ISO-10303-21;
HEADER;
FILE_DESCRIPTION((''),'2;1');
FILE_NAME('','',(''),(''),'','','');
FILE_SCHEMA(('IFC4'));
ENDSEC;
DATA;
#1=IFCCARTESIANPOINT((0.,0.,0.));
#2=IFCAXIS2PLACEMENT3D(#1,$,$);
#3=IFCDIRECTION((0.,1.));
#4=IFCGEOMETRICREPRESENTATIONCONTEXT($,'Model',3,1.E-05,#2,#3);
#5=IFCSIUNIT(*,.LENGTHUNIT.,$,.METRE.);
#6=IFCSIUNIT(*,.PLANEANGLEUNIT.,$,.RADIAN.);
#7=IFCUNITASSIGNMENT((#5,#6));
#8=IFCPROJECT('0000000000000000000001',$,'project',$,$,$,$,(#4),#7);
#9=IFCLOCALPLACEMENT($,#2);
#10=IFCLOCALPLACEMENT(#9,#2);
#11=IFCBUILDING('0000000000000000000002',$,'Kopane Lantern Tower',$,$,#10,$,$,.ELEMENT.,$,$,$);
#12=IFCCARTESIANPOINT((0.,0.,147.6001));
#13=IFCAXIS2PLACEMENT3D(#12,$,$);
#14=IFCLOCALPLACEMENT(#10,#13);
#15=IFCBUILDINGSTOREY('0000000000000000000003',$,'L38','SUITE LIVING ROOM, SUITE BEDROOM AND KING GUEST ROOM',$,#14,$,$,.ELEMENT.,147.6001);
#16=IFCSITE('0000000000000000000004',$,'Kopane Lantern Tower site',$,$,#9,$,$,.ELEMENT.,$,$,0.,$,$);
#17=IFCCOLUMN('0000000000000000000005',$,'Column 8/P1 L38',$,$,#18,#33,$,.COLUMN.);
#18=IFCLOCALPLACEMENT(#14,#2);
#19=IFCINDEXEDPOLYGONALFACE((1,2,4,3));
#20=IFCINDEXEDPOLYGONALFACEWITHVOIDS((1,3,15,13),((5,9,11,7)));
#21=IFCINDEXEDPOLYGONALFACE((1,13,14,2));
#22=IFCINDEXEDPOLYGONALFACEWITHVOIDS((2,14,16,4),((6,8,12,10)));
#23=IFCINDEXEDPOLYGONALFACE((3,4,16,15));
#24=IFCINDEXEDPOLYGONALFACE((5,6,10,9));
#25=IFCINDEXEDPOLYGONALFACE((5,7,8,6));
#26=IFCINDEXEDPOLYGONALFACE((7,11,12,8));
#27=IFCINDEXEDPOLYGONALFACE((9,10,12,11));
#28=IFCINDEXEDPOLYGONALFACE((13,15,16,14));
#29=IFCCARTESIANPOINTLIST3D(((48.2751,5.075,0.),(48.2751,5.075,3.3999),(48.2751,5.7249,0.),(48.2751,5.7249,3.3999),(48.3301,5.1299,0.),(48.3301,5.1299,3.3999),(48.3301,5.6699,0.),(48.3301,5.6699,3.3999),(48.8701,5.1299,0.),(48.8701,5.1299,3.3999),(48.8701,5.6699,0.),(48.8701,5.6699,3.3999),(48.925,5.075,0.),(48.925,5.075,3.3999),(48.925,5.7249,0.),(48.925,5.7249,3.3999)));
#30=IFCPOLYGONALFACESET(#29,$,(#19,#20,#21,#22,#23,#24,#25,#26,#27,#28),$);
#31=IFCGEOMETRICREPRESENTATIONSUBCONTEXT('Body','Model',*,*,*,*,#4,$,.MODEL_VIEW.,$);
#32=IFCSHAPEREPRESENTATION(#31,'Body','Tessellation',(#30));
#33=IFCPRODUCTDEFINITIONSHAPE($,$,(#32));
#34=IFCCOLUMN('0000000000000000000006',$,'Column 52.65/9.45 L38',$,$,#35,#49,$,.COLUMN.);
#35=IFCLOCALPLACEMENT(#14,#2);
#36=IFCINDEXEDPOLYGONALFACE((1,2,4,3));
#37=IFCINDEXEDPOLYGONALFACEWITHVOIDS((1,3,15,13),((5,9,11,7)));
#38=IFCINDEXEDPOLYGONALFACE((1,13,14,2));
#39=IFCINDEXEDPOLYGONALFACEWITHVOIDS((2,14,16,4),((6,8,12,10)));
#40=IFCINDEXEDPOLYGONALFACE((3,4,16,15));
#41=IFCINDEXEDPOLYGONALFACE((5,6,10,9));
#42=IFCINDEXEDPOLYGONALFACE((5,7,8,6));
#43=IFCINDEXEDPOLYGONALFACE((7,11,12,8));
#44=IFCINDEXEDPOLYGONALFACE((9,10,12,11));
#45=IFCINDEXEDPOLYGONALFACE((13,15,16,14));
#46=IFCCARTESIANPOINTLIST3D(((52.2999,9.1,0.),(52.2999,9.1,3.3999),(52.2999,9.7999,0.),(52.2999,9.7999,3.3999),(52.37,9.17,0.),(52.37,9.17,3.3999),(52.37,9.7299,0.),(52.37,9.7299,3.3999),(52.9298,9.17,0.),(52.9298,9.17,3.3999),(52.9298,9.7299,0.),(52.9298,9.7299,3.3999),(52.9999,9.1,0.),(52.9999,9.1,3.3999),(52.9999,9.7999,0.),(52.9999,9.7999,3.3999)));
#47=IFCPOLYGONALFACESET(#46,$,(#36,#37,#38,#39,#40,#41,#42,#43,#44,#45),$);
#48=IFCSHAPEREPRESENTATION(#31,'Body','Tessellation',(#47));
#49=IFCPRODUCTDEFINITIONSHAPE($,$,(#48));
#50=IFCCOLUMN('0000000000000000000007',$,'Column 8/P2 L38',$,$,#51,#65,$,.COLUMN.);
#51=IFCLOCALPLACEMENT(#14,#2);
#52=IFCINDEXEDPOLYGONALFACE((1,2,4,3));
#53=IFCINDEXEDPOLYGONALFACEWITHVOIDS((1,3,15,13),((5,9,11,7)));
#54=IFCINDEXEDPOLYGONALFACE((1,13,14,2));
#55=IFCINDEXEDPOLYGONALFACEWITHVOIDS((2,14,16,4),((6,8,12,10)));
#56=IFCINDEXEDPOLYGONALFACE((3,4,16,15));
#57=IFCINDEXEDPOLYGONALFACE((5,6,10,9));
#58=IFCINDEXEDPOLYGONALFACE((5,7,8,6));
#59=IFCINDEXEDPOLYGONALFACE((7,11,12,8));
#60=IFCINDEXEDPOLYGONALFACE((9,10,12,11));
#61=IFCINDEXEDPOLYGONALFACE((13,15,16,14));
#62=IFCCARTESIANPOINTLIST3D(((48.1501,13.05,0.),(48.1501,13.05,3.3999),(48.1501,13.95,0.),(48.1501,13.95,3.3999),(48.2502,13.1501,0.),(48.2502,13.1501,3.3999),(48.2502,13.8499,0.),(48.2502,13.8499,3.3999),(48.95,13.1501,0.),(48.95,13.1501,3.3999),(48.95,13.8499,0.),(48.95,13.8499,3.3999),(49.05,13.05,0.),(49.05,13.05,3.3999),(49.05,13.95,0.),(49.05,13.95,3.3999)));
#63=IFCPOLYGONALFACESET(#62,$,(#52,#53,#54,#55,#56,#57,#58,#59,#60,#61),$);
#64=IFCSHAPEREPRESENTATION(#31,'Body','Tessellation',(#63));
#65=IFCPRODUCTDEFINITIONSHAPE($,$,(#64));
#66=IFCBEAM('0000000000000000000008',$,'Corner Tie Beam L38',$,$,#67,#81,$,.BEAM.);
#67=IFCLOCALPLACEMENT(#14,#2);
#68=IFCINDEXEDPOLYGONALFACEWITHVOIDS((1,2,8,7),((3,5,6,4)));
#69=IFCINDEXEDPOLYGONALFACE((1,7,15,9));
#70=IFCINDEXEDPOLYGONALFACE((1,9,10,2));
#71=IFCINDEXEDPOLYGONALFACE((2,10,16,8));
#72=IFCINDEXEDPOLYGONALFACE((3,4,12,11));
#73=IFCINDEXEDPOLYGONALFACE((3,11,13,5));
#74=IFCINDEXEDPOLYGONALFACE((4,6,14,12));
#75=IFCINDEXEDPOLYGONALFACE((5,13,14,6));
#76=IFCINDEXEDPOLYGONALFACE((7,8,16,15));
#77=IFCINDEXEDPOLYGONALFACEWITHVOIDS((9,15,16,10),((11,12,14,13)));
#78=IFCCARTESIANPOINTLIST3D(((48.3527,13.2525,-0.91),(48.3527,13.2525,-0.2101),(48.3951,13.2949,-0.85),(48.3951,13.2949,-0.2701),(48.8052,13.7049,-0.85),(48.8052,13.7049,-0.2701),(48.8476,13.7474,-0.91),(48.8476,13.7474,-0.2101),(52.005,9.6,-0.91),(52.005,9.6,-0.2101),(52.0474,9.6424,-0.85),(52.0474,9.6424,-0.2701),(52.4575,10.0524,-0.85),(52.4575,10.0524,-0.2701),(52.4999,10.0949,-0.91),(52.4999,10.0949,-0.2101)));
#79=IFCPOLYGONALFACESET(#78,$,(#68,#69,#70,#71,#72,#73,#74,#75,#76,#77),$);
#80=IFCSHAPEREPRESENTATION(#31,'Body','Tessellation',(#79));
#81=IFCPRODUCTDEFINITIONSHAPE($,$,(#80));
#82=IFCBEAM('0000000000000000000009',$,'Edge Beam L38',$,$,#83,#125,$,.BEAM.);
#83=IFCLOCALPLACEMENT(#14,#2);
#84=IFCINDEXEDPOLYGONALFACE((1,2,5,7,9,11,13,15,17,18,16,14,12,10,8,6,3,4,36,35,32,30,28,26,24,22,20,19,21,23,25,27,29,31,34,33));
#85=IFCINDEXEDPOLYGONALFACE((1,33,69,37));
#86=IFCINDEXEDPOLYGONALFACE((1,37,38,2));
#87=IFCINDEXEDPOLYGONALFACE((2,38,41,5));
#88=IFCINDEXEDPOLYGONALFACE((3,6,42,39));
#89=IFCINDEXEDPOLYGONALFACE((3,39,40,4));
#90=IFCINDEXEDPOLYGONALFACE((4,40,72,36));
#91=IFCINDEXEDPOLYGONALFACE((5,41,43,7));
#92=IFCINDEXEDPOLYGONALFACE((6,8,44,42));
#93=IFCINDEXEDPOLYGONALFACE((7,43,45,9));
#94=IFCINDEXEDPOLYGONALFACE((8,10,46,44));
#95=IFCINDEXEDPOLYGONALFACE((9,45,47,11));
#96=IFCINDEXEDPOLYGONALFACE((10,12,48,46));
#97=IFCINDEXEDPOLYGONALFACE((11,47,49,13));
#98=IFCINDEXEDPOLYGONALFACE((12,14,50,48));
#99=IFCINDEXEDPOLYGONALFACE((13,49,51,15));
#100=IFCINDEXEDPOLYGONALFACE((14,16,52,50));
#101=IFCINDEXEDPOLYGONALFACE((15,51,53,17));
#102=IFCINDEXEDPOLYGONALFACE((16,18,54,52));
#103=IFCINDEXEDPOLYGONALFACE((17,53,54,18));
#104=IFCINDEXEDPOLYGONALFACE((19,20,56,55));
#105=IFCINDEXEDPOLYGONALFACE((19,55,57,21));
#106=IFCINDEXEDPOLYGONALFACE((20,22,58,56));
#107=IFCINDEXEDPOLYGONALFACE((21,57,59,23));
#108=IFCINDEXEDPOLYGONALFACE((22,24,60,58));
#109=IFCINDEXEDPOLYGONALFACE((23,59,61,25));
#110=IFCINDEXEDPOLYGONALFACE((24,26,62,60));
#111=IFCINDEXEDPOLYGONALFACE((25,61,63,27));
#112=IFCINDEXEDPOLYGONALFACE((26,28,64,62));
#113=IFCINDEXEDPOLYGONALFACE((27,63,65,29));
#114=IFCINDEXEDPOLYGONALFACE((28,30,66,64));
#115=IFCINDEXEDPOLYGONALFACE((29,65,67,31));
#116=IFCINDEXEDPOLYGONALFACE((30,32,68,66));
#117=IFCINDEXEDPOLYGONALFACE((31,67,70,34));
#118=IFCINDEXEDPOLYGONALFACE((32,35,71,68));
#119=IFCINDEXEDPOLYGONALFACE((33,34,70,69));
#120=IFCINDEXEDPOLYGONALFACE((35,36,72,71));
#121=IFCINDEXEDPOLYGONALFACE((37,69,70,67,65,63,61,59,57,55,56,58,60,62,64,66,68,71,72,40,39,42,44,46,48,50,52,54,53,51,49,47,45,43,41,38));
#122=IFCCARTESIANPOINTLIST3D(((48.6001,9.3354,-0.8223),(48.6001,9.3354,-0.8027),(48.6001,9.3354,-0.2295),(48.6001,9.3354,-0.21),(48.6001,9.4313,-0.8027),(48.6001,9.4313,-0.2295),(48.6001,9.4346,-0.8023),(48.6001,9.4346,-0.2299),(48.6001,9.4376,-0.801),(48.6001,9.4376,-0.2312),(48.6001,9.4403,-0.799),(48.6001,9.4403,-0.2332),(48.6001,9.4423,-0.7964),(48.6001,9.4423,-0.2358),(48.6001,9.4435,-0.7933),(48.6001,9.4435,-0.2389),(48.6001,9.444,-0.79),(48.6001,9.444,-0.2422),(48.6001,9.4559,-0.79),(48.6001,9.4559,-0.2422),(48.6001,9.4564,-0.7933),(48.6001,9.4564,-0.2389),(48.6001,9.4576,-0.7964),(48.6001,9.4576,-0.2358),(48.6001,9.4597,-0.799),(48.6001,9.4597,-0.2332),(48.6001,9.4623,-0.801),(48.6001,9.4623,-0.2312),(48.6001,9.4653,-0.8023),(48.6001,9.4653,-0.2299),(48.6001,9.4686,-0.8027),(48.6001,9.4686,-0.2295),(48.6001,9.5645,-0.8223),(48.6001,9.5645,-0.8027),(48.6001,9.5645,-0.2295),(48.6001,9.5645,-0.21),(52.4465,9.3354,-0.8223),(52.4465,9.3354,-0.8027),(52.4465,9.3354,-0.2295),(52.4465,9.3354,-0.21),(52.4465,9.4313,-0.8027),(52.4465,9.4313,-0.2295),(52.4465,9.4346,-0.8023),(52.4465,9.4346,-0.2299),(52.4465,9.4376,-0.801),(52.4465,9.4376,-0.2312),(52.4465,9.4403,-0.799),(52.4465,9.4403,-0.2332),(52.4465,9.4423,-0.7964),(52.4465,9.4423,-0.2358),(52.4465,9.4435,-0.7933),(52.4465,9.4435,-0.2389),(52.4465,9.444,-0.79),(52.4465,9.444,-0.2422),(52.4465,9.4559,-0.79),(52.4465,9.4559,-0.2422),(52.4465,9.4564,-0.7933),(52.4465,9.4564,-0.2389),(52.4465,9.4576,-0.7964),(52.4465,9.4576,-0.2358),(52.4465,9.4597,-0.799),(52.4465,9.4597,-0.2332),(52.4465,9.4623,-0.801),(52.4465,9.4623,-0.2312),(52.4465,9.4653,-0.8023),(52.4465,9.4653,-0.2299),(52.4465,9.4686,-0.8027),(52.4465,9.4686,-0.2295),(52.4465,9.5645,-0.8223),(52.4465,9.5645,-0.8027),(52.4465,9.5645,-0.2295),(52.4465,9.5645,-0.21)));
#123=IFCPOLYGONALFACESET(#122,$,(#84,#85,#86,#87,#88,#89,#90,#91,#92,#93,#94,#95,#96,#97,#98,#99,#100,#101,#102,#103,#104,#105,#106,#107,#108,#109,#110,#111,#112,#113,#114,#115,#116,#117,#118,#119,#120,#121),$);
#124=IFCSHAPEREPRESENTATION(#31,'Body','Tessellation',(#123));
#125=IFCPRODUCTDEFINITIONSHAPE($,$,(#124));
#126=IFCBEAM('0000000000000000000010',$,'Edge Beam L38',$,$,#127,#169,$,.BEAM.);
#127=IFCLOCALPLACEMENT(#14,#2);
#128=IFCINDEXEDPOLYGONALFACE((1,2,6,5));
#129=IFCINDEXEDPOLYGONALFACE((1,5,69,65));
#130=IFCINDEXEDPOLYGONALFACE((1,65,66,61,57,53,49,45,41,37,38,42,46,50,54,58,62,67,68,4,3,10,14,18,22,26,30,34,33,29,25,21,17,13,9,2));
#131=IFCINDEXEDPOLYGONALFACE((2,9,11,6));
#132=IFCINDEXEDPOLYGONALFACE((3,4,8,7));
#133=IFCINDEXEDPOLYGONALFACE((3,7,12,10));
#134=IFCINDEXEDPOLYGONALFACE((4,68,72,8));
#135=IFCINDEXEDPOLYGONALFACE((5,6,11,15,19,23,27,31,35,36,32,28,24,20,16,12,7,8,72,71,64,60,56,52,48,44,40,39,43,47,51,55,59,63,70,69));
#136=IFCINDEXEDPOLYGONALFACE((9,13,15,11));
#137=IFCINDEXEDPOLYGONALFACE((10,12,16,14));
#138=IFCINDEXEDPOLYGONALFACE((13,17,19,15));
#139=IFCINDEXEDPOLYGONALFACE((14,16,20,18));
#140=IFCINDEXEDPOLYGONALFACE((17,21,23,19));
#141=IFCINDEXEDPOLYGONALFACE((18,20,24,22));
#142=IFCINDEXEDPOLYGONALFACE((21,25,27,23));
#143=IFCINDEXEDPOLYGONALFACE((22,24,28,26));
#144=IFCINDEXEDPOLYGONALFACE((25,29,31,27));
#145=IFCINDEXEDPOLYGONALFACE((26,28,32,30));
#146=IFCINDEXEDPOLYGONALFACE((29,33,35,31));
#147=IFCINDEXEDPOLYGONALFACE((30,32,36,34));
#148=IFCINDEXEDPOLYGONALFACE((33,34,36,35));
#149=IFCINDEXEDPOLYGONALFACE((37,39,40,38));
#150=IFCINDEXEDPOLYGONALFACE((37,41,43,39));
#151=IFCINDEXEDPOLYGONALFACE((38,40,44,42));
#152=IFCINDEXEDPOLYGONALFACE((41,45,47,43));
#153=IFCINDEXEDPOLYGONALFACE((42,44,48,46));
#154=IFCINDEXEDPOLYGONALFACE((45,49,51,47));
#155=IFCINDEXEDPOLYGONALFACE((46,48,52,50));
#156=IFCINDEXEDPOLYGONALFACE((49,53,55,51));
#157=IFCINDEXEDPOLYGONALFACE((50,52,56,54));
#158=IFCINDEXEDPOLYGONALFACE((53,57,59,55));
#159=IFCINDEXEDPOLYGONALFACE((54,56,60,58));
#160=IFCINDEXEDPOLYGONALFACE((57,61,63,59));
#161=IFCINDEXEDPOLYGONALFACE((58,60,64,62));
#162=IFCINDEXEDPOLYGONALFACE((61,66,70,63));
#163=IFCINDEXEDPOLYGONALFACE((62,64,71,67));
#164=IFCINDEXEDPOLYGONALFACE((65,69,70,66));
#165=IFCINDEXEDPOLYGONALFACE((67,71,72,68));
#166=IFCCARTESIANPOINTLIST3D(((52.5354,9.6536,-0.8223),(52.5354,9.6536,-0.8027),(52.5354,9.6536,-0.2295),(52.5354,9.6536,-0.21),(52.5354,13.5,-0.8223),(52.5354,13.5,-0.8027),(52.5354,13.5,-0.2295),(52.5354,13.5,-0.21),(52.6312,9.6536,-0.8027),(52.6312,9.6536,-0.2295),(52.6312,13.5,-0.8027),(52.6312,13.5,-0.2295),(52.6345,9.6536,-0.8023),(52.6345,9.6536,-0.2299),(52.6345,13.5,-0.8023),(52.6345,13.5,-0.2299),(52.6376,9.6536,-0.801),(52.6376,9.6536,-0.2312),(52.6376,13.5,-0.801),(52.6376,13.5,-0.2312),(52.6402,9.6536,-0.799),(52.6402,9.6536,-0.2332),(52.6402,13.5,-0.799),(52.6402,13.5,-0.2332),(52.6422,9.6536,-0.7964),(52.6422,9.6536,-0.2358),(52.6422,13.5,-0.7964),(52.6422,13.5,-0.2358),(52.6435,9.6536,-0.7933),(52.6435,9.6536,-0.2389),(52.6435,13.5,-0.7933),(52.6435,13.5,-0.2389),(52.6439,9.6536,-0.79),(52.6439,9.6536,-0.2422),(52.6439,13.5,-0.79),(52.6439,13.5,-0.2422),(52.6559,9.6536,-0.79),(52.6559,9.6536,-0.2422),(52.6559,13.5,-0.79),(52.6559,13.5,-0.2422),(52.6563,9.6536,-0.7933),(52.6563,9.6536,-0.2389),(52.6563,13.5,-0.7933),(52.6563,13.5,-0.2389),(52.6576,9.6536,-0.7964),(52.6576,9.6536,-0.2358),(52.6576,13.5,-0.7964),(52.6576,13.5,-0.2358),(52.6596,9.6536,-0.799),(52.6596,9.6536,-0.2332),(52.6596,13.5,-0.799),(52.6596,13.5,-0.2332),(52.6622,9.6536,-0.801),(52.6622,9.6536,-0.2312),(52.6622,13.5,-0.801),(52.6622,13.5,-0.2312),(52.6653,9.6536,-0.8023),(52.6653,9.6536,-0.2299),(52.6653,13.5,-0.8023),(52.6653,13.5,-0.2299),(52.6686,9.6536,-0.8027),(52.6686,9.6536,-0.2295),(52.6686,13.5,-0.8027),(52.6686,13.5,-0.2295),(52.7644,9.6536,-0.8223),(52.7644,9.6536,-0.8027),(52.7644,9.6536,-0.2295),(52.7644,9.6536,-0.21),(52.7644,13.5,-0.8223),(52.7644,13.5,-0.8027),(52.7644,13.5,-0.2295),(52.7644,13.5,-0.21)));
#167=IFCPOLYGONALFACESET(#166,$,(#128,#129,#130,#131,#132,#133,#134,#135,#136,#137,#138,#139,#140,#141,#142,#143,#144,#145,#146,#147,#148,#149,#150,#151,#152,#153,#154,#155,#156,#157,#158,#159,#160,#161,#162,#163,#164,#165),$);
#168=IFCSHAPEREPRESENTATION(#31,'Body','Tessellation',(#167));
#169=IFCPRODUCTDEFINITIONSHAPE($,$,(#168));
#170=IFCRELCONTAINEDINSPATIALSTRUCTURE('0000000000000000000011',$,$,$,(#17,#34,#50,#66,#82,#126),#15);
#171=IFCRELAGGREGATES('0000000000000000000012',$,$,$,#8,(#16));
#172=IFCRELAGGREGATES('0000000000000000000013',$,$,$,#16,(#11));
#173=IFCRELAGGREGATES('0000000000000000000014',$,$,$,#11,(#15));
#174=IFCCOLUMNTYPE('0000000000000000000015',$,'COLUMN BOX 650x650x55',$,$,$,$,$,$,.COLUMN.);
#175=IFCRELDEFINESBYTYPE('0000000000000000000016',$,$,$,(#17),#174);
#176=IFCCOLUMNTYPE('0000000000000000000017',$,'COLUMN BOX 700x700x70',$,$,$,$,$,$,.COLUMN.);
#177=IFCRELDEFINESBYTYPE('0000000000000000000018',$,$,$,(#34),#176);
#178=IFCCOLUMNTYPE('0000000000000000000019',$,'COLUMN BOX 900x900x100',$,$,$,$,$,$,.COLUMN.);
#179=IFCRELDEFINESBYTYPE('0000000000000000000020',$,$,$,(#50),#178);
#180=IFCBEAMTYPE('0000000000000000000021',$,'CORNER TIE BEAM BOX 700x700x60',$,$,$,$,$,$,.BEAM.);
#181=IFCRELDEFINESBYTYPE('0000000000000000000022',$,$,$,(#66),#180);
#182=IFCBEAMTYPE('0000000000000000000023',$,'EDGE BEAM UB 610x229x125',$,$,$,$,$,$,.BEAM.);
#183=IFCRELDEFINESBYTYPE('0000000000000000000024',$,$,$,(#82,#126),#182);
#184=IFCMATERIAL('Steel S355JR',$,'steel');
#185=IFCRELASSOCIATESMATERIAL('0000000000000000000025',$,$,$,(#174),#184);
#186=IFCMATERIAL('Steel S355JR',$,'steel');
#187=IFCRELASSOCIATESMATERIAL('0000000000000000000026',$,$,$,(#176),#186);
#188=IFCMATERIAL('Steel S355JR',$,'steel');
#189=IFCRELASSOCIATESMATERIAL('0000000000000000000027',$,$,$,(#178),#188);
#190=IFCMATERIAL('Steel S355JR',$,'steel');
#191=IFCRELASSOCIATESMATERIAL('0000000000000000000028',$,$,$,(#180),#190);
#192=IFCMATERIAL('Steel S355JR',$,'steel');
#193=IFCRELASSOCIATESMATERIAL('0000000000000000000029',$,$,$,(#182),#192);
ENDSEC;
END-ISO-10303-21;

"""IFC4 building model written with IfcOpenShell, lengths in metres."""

from ifc_helpers import new_model, si_unit, direction, frame, origin, origin_2d, place, context, subcontext, project, spatial, hollow_rectangle, i_section, extrude, material, material_profile, profile_set, type_object, element, save


model = new_model("IFC4")

# Units and contexts
model_context = context("Model", 3, precision=1e-05, world=origin(), true_north=direction((0.0, 1.0)))
body_context = subcontext(model_context, "Body", "Model", "MODEL_VIEW")
ifc_project = project(units=[si_unit("LENGTHUNIT", "METRE"), si_unit("PLANEANGLEUNIT", "RADIAN")], contexts=[model_context])

# Site, building, storey
site_placement = place(None, origin())
site = spatial("IfcSite", under=ifc_project, at=site_placement, Name="Kopane Lantern Tower site", CompositionType="ELEMENT", RefElevation=0.0)
building_placement = place(site_placement, origin())
building = spatial("IfcBuilding", under=site, at=building_placement, Name="Kopane Lantern Tower", CompositionType="ELEMENT")
storey_placement = place(building_placement, frame((0.0, 0.0, 147.6001)))
storey = spatial("IfcBuildingStorey", under=building, at=storey_placement, Name="L38", Description="SUITE LIVING ROOM, SUITE BEDROOM AND KING GUEST ROOM", CompositionType="ELEMENT", Elevation=147.6001)

# Columns
ifc_material_1 = material(Name="Steel S355JR", Category="steel")
ifc_material_profile_1 = material_profile(ifc_material_1, hollow_rectangle(XDim=0.6499, YDim=0.6499, WallThickness=0.0549, at=origin_2d()), Name="BOX 650x650x55")
ifc_profile_set_1 = profile_set([ifc_material_profile_1], Name="Steel S355JR")
column_type_1 = type_object("IfcColumnType", Name="COLUMN BOX 650x650x55", PredefinedType="COLUMN", material=ifc_profile_set_1)
column_1_placement = place(storey_placement, frame((48.6001, 5.3999, 0.0), z_axis=(0.0, 0.0, 1.0), x_axis=(1.0, 0.0, 0.0)))
element("IfcColumn", 1, at=column_1_placement, inside=storey, type_object=column_type_1, Name="Column 8/P1 L38", PredefinedType="COLUMN", context=body_context, shape_type="SweptSolid", body=[
    extrude(hollow_rectangle(XDim=0.6499, YDim=0.6499, WallThickness=0.0549, at=origin_2d()), origin(), (0.0, 0.0, 1.0), 3.3999),
])
ifc_material_2 = material(Name="Steel S355JR", Category="steel")
ifc_material_profile_2 = material_profile(ifc_material_2, hollow_rectangle(XDim=0.7, YDim=0.7, WallThickness=0.0701, at=origin_2d()), Name="BOX 700x700x70")
ifc_profile_set_2 = profile_set([ifc_material_profile_2], Name="Steel S355JR")
column_type_2 = type_object("IfcColumnType", Name="COLUMN BOX 700x700x70", PredefinedType="COLUMN", material=ifc_profile_set_2)
column_2_placement = place(storey_placement, frame((52.6499, 9.45, 0.0), z_axis=(0.0, 0.0, 1.0), x_axis=(1.0, 0.0, 0.0)))
element("IfcColumn", 2, at=column_2_placement, inside=storey, type_object=column_type_2, Name="Column 52.65/9.45 L38", PredefinedType="COLUMN", context=body_context, shape_type="SweptSolid", body=[
    extrude(hollow_rectangle(XDim=0.7, YDim=0.7, WallThickness=0.0701, at=origin_2d()), origin(), (0.0, 0.0, 1.0), 3.3999),
])
ifc_material_3 = material(Name="Steel S355JR", Category="steel")
ifc_material_profile_3 = material_profile(ifc_material_3, hollow_rectangle(XDim=0.8999, YDim=0.8999, WallThickness=0.1001, at=origin_2d()), Name="BOX 900x900x100")
ifc_profile_set_3 = profile_set([ifc_material_profile_3], Name="Steel S355JR")
column_type_3 = type_object("IfcColumnType", Name="COLUMN BOX 900x900x100", PredefinedType="COLUMN", material=ifc_profile_set_3)
column_3_placement = place(storey_placement, frame((48.6001, 13.5, 0.0), z_axis=(0.0, 0.0, 1.0), x_axis=(1.0, 0.0, 0.0)))
element("IfcColumn", 3, at=column_3_placement, inside=storey, type_object=column_type_3, Name="Column 8/P2 L38", PredefinedType="COLUMN", context=body_context, shape_type="SweptSolid", body=[
    extrude(hollow_rectangle(XDim=0.8999, YDim=0.8999, WallThickness=0.1001, at=origin_2d()), origin(), (0.0, 0.0, 1.0), 3.3999),
])

# Beams
ifc_material_4 = material(Name="Steel S355JR", Category="steel")
ifc_material_profile_4 = material_profile(ifc_material_4, hollow_rectangle(XDim=0.7, YDim=0.7, WallThickness=0.0601, at=origin_2d()), Name="BOX 700x700x60")
ifc_profile_set_4 = profile_set([ifc_material_profile_4], Name="Steel S355JR")
beam_type_1 = type_object("IfcBeamType", Name="CORNER TIE BEAM BOX 700x700x60", PredefinedType="BEAM", material=ifc_profile_set_4)
beam_placement = place(storey_placement, frame((52.2524, 9.8474, -0.5601), z_axis=(-0.707083, 0.70713, 0.0), x_axis=(-0.70713, -0.707083, 0.0)))
element("IfcBeam", 4, at=beam_placement, inside=storey, type_object=beam_type_1, Name="Corner Tie Beam L38", PredefinedType="BEAM", context=body_context, shape_type="SweptSolid", body=[
    extrude(hollow_rectangle(XDim=0.7, YDim=0.7, WallThickness=0.0601, at=origin_2d()), origin(), (0.0, 0.0, 1.0), 5.1653),
])
ifc_material_5 = material(Name="Steel S355JR", Category="steel")
ifc_material_profile_5 = material_profile(ifc_material_5, i_section(OverallWidth=0.229, OverallDepth=0.6123, WebThickness=0.012, FlangeThickness=0.0195, FilletRadius=0.0127, at=origin_2d()), Name="UB 610x229x125")
ifc_profile_set_5 = profile_set([ifc_material_profile_5], Name="Steel S355JR")
beam_type_2 = type_object("IfcBeamType", Name="EDGE BEAM UB 610x229x125", PredefinedType="BEAM", material=ifc_profile_set_5)
for number, where, z_axis, x_axis, name in (
    (5, (52.4465, 9.45, -0.5161), (-1.0, 0.0, 0.0), (0.0, -1.0, 0.0), "Edge Beam L38"),
    (6, (52.6499, 9.6536, -0.5161), (0.0, 1.0, 0.0), (-1.0, 0.0, 0.0), "Edge Beam L38"),
):
    element("IfcBeam", number, at=place(storey_placement, frame(where, z_axis=z_axis, x_axis=x_axis)), inside=storey, type_object=beam_type_2, Name=name, PredefinedType="BEAM", context=body_context, shape_type="SweptSolid", body=[
        extrude(i_section(OverallWidth=0.229, OverallDepth=0.6123, WebThickness=0.012, FlangeThickness=0.0195, FilletRadius=0.0127, at=origin_2d()), origin(), (0.0, 0.0, 1.0), 3.8464),
    ])

save(model, "model.ifc")
